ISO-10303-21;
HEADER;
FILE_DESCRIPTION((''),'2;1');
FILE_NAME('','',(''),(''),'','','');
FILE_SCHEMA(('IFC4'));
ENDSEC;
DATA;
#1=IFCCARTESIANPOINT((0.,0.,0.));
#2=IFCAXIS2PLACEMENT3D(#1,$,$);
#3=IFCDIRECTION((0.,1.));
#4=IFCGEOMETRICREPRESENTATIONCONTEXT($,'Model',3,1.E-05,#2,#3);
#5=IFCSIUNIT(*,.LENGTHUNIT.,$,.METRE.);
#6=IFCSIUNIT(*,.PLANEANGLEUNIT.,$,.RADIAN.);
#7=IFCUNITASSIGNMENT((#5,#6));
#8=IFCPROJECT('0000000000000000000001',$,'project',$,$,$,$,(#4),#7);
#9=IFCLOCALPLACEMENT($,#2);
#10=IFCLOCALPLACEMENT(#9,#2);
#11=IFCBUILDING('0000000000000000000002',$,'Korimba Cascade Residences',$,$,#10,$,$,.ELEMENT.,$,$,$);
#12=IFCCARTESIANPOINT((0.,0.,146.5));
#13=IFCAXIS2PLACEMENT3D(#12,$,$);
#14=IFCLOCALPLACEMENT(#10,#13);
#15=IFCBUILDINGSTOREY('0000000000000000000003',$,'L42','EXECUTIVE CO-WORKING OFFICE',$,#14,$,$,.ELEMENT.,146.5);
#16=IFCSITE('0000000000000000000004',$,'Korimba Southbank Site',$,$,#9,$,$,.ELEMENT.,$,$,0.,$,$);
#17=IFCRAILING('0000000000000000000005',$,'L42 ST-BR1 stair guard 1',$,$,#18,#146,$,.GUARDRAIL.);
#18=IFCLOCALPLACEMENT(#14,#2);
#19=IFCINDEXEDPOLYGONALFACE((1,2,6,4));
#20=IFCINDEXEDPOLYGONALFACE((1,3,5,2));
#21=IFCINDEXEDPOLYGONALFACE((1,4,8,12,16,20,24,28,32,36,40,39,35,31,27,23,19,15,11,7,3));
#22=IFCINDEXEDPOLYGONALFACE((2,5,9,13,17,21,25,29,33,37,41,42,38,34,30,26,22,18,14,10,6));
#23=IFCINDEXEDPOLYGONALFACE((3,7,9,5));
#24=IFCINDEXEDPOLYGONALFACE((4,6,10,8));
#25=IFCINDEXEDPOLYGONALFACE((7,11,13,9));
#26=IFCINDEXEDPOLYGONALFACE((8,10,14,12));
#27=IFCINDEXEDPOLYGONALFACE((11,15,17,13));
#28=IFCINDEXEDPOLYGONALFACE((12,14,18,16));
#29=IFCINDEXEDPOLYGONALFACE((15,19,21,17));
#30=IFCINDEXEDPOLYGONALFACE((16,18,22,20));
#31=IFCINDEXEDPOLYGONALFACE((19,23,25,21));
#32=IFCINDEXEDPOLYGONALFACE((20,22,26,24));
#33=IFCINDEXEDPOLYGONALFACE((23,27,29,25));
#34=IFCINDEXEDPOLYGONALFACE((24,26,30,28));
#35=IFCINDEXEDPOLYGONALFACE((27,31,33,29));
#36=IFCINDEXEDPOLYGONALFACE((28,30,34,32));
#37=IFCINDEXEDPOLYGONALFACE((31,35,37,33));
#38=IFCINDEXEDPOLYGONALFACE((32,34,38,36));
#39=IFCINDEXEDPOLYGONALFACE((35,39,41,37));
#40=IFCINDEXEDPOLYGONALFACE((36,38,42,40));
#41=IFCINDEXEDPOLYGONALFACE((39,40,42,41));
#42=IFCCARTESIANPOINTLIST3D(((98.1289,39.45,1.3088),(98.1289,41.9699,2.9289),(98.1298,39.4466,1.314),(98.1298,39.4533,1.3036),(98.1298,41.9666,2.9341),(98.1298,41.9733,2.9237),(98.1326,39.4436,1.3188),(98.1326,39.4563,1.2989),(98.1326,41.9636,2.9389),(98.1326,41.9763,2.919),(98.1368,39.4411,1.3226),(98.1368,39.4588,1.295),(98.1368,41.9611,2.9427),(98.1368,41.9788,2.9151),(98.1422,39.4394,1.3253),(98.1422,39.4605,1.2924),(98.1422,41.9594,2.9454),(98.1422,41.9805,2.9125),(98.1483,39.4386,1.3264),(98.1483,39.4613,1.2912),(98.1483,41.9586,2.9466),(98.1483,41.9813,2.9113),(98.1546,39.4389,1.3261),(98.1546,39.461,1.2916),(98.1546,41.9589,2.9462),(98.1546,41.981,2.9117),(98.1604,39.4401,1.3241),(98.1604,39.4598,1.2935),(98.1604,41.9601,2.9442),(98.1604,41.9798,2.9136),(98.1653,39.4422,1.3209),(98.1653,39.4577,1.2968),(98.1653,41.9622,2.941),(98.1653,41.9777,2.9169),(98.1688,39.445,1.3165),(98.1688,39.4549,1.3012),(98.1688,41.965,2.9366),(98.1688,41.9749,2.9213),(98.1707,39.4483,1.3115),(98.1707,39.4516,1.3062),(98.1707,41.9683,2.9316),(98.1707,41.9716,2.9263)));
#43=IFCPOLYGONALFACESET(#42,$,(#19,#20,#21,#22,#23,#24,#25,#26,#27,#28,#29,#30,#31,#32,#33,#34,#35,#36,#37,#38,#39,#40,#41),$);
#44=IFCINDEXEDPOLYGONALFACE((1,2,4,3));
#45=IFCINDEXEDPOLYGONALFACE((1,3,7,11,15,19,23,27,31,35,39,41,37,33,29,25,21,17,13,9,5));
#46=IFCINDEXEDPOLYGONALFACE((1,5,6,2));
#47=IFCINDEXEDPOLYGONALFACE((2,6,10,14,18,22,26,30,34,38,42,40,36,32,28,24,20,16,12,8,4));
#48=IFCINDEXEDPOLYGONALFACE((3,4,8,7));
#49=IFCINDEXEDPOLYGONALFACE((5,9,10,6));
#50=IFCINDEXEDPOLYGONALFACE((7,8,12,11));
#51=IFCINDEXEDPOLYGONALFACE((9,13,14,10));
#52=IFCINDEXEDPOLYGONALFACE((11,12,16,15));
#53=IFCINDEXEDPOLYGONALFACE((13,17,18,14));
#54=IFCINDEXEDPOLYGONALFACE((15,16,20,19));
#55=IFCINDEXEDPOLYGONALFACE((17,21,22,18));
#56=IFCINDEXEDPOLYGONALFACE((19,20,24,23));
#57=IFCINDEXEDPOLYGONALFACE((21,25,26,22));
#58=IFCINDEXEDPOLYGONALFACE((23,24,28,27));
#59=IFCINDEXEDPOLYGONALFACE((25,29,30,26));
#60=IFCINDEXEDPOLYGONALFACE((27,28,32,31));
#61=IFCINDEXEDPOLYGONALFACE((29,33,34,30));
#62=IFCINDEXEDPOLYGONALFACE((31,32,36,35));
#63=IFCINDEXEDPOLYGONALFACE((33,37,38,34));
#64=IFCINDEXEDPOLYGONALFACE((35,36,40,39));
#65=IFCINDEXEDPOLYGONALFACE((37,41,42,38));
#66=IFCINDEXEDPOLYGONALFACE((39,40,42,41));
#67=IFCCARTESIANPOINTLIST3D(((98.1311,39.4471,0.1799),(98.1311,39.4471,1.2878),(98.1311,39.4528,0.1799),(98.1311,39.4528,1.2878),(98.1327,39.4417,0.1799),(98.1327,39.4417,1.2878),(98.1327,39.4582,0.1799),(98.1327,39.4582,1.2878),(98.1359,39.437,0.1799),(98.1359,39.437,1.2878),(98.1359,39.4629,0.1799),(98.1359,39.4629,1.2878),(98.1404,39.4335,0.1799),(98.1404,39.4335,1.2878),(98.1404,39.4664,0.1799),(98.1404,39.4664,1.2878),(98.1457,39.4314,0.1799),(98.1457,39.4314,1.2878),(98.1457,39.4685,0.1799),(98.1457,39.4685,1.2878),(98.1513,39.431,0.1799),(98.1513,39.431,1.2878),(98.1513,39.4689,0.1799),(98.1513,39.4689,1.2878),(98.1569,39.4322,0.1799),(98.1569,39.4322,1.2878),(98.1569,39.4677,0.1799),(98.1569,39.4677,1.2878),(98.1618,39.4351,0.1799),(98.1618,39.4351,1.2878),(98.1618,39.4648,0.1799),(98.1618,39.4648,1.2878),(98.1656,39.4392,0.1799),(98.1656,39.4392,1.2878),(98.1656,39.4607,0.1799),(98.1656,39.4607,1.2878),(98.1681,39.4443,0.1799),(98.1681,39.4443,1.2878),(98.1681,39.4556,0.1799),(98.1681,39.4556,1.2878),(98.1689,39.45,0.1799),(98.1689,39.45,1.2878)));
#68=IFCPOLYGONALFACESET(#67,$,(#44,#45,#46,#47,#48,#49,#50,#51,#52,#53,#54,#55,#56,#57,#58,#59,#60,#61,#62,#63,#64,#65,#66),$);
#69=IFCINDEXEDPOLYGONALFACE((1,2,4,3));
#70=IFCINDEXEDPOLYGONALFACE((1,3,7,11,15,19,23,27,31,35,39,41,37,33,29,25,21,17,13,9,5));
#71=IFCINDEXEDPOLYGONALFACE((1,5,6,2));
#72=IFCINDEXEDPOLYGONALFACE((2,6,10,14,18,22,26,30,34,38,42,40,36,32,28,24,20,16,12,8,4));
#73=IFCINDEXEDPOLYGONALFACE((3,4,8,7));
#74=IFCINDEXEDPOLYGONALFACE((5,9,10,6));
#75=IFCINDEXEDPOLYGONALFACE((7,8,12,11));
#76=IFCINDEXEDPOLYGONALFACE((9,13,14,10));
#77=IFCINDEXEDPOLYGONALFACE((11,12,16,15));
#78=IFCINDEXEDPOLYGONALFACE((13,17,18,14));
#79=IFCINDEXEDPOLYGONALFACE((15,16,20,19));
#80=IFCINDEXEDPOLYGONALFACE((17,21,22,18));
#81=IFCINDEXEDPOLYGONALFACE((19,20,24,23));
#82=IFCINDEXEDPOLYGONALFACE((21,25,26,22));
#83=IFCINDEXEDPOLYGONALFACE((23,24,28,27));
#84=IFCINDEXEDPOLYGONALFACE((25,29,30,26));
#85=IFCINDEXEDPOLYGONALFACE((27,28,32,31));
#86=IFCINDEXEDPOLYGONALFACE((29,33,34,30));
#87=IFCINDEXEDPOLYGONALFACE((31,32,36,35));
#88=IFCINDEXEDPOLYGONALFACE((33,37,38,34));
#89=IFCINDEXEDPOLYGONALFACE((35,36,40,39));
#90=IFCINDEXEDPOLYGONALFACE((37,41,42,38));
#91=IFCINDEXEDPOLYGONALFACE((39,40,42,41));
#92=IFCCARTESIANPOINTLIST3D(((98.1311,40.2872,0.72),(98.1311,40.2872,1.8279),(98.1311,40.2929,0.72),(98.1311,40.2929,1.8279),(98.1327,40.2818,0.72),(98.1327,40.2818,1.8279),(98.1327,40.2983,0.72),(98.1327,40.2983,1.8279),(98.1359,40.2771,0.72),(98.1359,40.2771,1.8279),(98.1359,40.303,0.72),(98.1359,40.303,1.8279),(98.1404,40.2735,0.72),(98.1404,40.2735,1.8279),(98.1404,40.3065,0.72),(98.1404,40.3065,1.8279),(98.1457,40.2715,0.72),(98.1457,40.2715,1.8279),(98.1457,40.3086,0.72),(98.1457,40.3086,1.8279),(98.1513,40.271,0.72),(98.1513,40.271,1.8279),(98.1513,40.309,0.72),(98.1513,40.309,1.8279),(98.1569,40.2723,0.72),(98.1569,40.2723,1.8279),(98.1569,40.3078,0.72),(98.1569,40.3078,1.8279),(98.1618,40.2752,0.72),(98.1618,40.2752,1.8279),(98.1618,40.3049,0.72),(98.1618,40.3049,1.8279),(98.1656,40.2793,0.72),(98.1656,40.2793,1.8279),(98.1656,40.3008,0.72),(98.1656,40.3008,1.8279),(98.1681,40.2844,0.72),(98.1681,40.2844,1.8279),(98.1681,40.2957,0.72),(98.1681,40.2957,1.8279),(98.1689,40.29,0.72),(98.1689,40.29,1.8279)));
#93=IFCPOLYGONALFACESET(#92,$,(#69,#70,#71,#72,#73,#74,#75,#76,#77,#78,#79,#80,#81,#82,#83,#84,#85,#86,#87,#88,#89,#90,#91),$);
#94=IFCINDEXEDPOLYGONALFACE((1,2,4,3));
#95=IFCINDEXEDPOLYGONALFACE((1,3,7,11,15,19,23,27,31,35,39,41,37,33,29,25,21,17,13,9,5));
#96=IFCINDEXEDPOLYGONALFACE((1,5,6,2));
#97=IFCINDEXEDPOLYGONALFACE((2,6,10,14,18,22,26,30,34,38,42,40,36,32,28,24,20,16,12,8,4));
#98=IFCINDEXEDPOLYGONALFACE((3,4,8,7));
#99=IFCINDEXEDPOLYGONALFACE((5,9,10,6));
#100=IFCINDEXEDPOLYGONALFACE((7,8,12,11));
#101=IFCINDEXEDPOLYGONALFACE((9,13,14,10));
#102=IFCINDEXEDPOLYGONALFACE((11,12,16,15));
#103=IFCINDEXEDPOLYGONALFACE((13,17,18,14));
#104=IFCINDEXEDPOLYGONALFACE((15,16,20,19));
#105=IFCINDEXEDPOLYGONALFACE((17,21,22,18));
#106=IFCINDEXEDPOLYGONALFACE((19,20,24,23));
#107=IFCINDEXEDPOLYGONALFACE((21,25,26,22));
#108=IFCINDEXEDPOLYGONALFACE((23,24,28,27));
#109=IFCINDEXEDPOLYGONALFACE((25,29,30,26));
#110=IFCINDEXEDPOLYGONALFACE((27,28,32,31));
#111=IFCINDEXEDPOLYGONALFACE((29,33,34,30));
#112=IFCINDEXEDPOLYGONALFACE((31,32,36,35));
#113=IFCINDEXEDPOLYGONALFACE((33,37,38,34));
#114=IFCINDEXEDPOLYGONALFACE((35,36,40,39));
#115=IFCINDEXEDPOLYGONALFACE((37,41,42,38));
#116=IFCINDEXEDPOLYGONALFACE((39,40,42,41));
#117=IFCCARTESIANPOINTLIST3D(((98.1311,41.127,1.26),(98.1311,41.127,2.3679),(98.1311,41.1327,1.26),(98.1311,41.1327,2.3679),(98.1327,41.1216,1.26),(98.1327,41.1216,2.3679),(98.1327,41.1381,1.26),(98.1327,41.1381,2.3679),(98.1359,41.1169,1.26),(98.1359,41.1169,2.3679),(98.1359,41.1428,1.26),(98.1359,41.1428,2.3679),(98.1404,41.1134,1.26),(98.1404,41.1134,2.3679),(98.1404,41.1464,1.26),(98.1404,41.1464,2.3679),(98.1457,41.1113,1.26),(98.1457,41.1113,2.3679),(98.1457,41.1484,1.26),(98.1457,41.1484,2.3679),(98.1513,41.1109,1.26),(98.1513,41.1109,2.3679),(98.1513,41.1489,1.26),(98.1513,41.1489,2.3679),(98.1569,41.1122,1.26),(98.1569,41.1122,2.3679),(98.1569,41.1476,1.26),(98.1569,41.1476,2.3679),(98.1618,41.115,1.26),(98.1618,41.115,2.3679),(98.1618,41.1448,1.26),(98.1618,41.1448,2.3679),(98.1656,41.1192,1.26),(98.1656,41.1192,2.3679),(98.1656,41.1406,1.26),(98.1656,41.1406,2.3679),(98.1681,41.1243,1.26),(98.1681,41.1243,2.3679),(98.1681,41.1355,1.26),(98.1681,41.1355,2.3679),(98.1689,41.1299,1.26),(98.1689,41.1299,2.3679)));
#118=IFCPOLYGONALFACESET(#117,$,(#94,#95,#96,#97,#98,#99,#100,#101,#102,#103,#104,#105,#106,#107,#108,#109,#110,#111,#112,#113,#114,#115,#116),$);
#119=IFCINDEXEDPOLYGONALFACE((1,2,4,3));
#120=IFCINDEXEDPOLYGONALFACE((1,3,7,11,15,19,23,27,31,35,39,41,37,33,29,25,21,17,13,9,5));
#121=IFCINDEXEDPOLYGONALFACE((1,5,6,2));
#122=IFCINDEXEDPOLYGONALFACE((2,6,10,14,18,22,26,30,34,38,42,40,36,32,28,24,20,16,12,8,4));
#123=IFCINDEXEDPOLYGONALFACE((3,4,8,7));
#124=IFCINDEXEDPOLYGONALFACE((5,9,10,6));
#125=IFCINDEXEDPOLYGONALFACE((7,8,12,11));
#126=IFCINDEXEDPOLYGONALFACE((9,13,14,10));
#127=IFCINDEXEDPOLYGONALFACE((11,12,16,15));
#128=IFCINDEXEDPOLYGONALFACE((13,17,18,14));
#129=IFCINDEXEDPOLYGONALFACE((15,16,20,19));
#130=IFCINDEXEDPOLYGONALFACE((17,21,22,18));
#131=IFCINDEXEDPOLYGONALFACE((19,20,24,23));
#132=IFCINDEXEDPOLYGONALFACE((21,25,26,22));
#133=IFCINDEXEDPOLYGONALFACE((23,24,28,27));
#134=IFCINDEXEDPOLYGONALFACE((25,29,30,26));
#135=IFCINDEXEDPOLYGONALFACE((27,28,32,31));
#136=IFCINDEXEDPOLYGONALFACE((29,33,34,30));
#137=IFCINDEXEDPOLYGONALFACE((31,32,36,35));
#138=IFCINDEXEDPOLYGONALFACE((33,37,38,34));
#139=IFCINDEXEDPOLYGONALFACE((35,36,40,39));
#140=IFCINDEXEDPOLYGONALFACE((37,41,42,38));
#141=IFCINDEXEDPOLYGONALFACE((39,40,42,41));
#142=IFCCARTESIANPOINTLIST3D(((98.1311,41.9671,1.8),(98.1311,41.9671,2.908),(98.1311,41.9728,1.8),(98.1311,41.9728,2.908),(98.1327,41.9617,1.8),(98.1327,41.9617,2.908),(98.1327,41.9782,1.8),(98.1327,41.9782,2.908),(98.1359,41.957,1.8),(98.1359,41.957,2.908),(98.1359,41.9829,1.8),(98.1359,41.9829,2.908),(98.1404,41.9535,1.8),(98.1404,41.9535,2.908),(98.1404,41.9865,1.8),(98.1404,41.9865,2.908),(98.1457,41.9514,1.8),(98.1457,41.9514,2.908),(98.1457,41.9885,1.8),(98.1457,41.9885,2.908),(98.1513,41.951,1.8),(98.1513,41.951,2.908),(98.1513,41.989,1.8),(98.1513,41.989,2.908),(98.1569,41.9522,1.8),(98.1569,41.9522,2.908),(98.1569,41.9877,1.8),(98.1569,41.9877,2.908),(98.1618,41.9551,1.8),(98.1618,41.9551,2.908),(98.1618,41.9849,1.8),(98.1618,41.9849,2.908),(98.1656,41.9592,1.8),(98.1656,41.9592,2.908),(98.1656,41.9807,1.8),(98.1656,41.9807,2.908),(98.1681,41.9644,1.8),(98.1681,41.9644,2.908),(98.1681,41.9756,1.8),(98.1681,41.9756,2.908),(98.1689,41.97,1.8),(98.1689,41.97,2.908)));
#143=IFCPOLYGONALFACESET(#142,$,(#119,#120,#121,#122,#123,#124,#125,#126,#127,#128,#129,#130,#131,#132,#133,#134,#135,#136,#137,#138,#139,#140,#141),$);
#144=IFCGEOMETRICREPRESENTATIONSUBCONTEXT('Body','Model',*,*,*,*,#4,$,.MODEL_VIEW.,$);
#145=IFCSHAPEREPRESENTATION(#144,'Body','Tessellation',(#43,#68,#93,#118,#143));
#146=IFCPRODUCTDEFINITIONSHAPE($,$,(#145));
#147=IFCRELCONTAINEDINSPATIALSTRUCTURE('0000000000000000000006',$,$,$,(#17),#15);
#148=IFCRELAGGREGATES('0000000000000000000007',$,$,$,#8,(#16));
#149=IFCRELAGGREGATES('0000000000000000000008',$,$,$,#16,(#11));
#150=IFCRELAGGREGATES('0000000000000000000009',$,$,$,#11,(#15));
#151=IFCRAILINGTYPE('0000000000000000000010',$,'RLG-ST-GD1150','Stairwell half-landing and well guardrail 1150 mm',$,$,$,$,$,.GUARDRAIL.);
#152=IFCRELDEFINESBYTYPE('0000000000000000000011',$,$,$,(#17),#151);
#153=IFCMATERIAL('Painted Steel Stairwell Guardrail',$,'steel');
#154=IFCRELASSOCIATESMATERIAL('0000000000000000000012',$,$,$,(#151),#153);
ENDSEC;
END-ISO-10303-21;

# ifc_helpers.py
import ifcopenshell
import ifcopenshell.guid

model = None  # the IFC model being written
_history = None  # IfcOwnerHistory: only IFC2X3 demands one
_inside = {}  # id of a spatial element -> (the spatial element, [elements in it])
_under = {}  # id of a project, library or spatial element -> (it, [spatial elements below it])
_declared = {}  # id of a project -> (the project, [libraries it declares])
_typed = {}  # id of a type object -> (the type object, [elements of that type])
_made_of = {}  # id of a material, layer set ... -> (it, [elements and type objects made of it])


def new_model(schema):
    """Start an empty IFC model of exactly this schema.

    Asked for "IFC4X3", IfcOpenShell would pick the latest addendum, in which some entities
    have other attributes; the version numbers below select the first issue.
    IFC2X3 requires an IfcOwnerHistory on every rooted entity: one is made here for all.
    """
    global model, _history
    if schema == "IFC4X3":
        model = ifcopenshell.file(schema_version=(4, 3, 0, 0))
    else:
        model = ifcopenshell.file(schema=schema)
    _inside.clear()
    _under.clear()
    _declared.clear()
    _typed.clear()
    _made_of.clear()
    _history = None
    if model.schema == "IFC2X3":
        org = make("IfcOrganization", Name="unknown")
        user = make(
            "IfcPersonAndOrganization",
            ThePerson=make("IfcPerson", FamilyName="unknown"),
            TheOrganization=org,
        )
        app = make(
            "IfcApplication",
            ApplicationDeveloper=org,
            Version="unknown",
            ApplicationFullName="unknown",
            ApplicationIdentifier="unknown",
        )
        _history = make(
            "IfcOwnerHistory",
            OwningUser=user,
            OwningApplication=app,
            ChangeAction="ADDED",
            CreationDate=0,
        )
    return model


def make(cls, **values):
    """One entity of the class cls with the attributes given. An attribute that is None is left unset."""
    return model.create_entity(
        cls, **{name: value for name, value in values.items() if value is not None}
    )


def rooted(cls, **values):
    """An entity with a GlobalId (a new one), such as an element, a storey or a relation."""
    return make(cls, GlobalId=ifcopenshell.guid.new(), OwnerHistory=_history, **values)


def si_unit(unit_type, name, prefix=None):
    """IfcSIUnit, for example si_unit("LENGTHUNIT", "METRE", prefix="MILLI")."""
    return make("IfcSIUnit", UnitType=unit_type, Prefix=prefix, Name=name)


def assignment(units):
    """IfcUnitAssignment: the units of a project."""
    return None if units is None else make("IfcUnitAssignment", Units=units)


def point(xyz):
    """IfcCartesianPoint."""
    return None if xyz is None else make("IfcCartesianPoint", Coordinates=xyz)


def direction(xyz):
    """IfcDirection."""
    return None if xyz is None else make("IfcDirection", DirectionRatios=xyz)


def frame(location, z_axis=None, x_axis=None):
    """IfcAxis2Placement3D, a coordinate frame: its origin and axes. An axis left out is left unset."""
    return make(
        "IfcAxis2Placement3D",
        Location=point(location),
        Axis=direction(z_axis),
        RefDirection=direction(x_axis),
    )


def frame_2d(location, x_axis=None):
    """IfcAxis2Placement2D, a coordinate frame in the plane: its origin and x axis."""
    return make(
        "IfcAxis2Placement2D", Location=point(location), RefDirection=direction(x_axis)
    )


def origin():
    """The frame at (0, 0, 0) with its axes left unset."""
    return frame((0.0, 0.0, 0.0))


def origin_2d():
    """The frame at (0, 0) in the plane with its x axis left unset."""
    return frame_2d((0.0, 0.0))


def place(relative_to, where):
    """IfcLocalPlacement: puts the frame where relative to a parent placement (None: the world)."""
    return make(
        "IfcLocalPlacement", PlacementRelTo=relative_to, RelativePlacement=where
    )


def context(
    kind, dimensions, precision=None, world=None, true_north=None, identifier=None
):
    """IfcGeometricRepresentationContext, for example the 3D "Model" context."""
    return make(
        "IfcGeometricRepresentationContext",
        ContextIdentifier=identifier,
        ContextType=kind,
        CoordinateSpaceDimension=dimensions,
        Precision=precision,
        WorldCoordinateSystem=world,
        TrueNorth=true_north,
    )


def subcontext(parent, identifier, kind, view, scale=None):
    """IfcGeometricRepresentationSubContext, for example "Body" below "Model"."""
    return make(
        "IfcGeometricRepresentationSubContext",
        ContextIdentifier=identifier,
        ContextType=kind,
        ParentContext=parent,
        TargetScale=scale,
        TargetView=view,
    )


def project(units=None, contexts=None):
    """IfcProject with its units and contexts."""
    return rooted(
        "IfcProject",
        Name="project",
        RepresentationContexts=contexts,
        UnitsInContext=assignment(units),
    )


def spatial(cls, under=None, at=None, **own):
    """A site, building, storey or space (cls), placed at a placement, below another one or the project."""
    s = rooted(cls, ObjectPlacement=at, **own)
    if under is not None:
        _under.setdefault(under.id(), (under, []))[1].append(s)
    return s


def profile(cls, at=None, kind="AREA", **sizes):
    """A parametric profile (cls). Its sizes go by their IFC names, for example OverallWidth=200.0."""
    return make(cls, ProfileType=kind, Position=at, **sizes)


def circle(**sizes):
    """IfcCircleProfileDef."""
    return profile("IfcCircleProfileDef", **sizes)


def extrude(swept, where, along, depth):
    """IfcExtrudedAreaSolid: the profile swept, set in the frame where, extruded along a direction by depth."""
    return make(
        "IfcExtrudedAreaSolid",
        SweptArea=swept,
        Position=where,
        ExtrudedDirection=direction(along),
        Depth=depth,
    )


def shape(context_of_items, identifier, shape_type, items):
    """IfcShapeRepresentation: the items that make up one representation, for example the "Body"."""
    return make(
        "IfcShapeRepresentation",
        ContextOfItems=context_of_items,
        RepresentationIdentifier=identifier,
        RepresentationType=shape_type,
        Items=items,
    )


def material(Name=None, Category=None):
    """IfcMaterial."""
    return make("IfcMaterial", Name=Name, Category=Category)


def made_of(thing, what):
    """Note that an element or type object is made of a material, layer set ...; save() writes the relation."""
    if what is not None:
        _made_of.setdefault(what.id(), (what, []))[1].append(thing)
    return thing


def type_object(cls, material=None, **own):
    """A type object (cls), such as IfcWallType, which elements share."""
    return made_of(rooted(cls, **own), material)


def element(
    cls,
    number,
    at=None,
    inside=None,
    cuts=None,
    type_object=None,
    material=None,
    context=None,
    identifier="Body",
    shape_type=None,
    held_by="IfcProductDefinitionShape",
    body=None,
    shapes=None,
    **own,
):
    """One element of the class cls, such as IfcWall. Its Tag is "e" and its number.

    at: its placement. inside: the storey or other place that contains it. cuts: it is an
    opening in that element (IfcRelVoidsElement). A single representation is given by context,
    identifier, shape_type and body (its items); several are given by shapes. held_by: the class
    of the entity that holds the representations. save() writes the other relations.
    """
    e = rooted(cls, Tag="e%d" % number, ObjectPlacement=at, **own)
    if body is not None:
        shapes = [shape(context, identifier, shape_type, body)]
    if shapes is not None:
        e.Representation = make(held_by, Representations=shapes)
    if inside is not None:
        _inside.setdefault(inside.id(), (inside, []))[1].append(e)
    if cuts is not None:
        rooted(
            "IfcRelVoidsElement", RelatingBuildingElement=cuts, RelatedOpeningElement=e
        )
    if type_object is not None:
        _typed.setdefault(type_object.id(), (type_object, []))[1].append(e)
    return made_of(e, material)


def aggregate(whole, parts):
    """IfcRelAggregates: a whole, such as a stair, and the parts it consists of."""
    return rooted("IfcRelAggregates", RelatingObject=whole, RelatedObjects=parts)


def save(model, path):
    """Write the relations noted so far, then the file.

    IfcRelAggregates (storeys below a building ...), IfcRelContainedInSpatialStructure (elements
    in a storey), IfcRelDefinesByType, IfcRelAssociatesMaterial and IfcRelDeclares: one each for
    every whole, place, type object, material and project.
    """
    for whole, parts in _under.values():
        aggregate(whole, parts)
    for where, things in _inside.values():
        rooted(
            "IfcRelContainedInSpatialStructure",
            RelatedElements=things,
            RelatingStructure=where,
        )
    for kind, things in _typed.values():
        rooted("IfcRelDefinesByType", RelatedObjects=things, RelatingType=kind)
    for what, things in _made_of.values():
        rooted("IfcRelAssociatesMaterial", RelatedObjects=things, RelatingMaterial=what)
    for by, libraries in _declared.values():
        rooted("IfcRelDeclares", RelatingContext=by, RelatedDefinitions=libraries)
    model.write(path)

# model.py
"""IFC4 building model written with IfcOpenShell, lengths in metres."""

from ifc_helpers import new_model, si_unit, direction, frame, origin, origin_2d, place, context, subcontext, project, spatial, circle, extrude, material, type_object, element, save


model = new_model("IFC4")

# Units and contexts
model_context = context("Model", 3, precision=1e-05, world=origin(), true_north=direction((0.0, 1.0)))
body_context = subcontext(model_context, "Body", "Model", "MODEL_VIEW")
ifc_project = project(units=[si_unit("LENGTHUNIT", "METRE"), si_unit("PLANEANGLEUNIT", "RADIAN")], contexts=[model_context])

# Site, building, storey
site_placement = place(None, origin())
site = spatial("IfcSite", under=ifc_project, at=site_placement, Name="Korimba Southbank Site", CompositionType="ELEMENT", RefElevation=0.0)
building_placement = place(site_placement, origin())
building = spatial("IfcBuilding", under=site, at=building_placement, Name="Korimba Cascade Residences", CompositionType="ELEMENT")
storey_placement = place(building_placement, frame((0.0, 0.0, 146.5)))
storey = spatial("IfcBuildingStorey", under=building, at=storey_placement, Name="L42", Description="EXECUTIVE CO-WORKING OFFICE", CompositionType="ELEMENT", Elevation=146.5)

# Railing
ifc_material_1 = material(Name="Painted Steel Stairwell Guardrail", Category="steel")
railing_type_1 = type_object("IfcRailingType", Name="RLG-ST-GD1150", Description="Stairwell half-landing and well guardrail 1150 mm", PredefinedType="GUARDRAIL", material=ifc_material_1)
railing_1_placement = place(storey_placement, frame((98.1499, 39.45, 0.1799)))
element("IfcRailing", 1, at=railing_1_placement, inside=storey, type_object=railing_type_1, Name="L42 ST-BR1 stair guard 1", PredefinedType="GUARDRAIL", context=body_context, shape_type="SweptSolid", body=[
    extrude(circle(Radius=0.021, at=origin_2d()), frame((0.0, 0.0, 1.1289), z_axis=(0.0, 0.841163, 0.540782), x_axis=(-1.0, 0.0, 0.0)), (0.0, 0.0, 1.0), 2.9958),
    extrude(circle(Radius=0.019, at=origin_2d()), origin(), (0.0, 0.0, 1.0), 1.1079),
    extrude(circle(Radius=0.019, at=origin_2d()), frame((0.0, 0.8401, 0.54)), (0.0, 0.0, 1.0), 1.1079),
    extrude(circle(Radius=0.019, at=origin_2d()), frame((0.0, 1.6799, 1.0801)), (0.0, 0.0, 1.0), 1.1079),
    extrude(circle(Radius=0.019, at=origin_2d()), frame((0.0, 2.52, 1.6201)), (0.0, 0.0, 1.0), 1.1079),
])

save(model, "model.ifc")
